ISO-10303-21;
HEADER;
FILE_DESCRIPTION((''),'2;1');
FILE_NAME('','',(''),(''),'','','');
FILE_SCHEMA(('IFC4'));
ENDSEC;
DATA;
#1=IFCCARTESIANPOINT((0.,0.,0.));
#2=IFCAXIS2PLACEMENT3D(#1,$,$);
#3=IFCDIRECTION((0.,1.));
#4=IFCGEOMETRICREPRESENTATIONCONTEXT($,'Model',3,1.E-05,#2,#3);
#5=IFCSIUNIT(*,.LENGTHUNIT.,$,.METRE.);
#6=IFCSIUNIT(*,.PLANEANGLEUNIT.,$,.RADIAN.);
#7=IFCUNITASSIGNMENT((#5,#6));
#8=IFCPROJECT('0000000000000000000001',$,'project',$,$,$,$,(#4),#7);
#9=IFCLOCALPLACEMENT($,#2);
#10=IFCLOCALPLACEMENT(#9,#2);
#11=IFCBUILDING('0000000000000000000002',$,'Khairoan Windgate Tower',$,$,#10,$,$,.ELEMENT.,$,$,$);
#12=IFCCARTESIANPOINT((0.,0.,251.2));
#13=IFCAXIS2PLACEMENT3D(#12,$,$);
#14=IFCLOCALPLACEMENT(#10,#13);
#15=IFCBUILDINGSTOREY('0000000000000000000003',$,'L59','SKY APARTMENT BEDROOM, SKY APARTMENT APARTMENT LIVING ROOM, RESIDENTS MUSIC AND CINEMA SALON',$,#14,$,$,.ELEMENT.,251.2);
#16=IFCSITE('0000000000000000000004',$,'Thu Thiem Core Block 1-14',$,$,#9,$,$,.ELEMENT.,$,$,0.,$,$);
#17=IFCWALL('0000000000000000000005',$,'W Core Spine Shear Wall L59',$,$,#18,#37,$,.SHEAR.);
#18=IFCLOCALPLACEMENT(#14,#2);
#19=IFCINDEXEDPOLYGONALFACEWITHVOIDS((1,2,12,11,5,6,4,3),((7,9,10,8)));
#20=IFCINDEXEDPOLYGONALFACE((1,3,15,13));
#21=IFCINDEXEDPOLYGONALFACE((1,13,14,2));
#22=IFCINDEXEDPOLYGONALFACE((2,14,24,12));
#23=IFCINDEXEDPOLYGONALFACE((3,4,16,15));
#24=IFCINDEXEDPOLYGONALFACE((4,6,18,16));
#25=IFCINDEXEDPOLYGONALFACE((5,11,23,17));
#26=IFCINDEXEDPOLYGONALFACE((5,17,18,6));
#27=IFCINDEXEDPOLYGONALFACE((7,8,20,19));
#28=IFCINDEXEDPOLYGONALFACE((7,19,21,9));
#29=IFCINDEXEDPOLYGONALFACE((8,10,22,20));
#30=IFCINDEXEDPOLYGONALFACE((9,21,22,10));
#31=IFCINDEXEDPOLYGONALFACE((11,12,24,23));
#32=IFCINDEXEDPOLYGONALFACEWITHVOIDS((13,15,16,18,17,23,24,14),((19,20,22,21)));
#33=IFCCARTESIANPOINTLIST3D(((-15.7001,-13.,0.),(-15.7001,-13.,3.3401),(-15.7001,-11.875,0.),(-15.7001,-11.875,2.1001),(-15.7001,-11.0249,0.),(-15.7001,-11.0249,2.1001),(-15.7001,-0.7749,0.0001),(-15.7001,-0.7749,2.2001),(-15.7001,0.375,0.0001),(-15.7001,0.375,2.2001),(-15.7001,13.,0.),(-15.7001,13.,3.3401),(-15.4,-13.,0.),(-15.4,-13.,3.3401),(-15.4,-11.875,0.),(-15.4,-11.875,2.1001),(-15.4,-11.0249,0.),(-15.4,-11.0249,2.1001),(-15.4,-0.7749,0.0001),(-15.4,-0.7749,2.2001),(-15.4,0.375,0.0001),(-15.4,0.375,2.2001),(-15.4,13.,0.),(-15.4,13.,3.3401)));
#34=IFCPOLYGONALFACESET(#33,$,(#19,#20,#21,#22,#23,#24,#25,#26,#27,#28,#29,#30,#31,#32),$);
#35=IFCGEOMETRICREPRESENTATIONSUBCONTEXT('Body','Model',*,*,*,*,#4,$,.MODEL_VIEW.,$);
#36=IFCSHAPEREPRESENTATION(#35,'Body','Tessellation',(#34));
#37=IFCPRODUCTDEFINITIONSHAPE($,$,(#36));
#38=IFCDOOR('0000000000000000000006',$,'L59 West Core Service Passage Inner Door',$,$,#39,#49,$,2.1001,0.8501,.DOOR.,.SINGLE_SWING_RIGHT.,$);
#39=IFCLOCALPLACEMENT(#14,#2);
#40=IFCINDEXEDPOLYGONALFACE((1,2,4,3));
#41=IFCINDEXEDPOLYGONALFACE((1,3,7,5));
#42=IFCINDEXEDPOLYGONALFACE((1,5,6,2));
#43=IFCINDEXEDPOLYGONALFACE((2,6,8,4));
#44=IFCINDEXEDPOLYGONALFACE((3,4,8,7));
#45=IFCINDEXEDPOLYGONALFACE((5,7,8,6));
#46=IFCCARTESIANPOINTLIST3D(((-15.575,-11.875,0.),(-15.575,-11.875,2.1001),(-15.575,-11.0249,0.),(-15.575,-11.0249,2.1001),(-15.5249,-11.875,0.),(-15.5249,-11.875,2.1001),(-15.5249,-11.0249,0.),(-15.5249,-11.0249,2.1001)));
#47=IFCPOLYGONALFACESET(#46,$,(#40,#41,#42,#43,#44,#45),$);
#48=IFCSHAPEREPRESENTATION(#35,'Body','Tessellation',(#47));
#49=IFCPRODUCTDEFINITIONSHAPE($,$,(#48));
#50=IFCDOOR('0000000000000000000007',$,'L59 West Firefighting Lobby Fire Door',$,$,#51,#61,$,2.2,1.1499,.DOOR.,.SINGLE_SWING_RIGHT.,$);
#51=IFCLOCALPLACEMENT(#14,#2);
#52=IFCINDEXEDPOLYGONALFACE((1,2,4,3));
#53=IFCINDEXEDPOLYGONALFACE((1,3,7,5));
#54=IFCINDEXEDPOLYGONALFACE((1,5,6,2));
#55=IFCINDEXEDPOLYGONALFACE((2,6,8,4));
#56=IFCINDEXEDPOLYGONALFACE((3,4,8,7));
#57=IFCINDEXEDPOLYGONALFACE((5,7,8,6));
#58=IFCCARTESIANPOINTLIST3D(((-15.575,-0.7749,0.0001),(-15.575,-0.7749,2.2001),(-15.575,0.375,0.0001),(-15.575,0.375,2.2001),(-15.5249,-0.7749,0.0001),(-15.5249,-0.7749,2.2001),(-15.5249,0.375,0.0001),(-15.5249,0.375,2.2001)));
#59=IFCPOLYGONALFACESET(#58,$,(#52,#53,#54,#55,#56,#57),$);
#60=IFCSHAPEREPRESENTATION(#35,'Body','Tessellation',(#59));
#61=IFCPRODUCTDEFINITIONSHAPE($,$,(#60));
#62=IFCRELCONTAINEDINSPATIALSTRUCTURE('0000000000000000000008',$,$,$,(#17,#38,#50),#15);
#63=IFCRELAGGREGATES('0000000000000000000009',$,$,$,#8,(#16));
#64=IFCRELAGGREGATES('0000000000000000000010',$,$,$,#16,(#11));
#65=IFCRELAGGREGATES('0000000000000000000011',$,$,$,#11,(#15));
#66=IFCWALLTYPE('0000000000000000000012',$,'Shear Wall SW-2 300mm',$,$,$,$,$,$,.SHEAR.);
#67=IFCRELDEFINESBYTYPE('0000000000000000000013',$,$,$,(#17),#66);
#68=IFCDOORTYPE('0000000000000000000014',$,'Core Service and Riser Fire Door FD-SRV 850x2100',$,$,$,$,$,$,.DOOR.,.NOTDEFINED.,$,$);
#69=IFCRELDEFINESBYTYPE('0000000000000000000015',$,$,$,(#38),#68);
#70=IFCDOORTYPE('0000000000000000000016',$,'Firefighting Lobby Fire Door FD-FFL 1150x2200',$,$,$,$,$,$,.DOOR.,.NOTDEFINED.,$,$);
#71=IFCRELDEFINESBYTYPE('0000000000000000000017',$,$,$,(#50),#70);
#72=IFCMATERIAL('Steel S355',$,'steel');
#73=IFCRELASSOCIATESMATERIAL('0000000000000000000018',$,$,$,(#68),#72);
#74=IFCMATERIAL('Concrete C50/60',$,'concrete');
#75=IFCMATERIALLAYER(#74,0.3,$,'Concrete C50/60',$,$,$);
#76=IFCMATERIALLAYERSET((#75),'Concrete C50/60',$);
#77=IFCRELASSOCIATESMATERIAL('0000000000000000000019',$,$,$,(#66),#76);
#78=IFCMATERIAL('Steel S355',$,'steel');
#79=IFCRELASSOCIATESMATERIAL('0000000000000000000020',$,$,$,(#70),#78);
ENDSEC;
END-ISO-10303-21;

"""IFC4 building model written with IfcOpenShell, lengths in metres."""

from ifc_helpers import new_model, si_unit, direction, frame, frame_2d, origin, place, context, subcontext, project, spatial, rectangle, extrude, material, layer, layer_set, type_object, element, fill, save


model = new_model("IFC4")

# Units and contexts
model_context = context("Model", 3, precision=1e-05, world=origin(), true_north=direction((0.0, 1.0)))
body_context = subcontext(model_context, "Body", "Model", "MODEL_VIEW")
ifc_project = project(units=[si_unit("LENGTHUNIT", "METRE"), si_unit("PLANEANGLEUNIT", "RADIAN")], contexts=[model_context])

# Site, building, storey
site_placement = place(None, origin())
site = spatial("IfcSite", under=ifc_project, at=site_placement, Name="Thu Thiem Core Block 1-14", CompositionType="ELEMENT", RefElevation=0.0)
building_placement = place(site_placement, origin())
building = spatial("IfcBuilding", under=site, at=building_placement, Name="Khairoan Windgate Tower", CompositionType="ELEMENT")
storey_placement = place(building_placement, frame((0.0, 0.0, 251.2)))
storey = spatial("IfcBuildingStorey", under=building, at=storey_placement, Name="L59", Description="SKY APARTMENT BEDROOM, SKY APARTMENT APARTMENT LIVING ROOM, RESIDENTS MUSIC AND CINEMA SALON", CompositionType="ELEMENT", Elevation=251.2)

# Shared definitions
ifc_material_1 = material(Name="Steel S355", Category="steel")
door_type_1 = type_object("IfcDoorType", Name="Core Service and Riser Fire Door FD-SRV 850x2100", OperationType="NOTDEFINED", PredefinedType="DOOR", material=ifc_material_1)

# Wall, openings, doors
ifc_material_2 = material(Name="Concrete C50/60", Category="concrete")
ifc_layer_1 = layer(ifc_material_2, 0.3, Name="Concrete C50/60")
ifc_layer_set_1 = layer_set([ifc_layer_1], Name="Concrete C50/60")
wall_type_1 = type_object("IfcWallType", Name="Shear Wall SW-2 300mm", PredefinedType="SHEAR", material=ifc_layer_set_1)
wall_1_placement = place(storey_placement, frame((-15.55, -13.0, 0.0), z_axis=(0.0, 0.0, 1.0), x_axis=(0.0, 1.0, 0.0)))
wall_1 = element("IfcWall", 1, at=wall_1_placement, inside=storey, type_object=wall_type_1, Name="W Core Spine Shear Wall L59", PredefinedType="SHEAR", context=body_context, shape_type="SweptSolid", body=[
    extrude(rectangle(XDim=26.0, YDim=0.3, at=frame_2d((13.0, 0.0))), origin(), (0.0, 0.0, 1.0), 3.3401),
])
opening_1_placement = place(wall_1_placement, frame((12.2251, 0.0, 0.0)))
opening_1 = element("IfcOpeningElement", 2, at=opening_1_placement, cuts=wall_1, PredefinedType="OPENING", context=body_context, shape_type="SweptSolid", body=[
    extrude(rectangle(XDim=1.1499, YDim=2.2, at=frame_2d((0.575, 1.1001))), frame((0.0, 0.1599, 0.0), z_axis=(0.0, -1.0, 0.0), x_axis=(1.0, 0.0, 0.0)), (0.0, 0.0, 1.0), 0.3201),
])
opening_2_placement = place(wall_1_placement, frame((1.125, 0.0, 0.0)))
opening_2 = element("IfcOpeningElement", 3, at=opening_2_placement, cuts=wall_1, PredefinedType="OPENING", context=body_context, shape_type="SweptSolid", body=[
    extrude(rectangle(XDim=0.8501, YDim=2.1001, at=frame_2d((0.425, 1.05))), frame((0.0, 0.1599, 0.0), z_axis=(0.0, -1.0, 0.0), x_axis=(1.0, 0.0, 0.0)), (0.0, 0.0, 1.0), 0.3201),
])
door_1_placement = place(opening_2_placement, origin())
door_1 = element("IfcDoor", 4, at=door_1_placement, inside=storey, type_object=door_type_1, Name="L59 West Core Service Passage Inner Door", OperationType="SINGLE_SWING_RIGHT", OverallHeight=2.1001, OverallWidth=0.8501, PredefinedType="DOOR", context=body_context, shape_type="SweptSolid", body=[
    extrude(rectangle(XDim=0.8501, YDim=2.1001, at=frame_2d((0.425, 1.05))), frame((0.0, 0.0249, 0.0), z_axis=(0.0, -1.0, 0.0), x_axis=(1.0, 0.0, 0.0)), (0.0, 0.0, 1.0), 0.05),
])
fill(opening_2, door_1)
ifc_material_3 = material(Name="Steel S355", Category="steel")
door_type_2 = type_object("IfcDoorType", Name="Firefighting Lobby Fire Door FD-FFL 1150x2200", OperationType="NOTDEFINED", PredefinedType="DOOR", material=ifc_material_3)
door_2_placement = place(opening_1_placement, origin())
door_2 = element("IfcDoor", 5, at=door_2_placement, inside=storey, type_object=door_type_2, Name="L59 West Firefighting Lobby Fire Door", OperationType="SINGLE_SWING_RIGHT", OverallHeight=2.2, OverallWidth=1.1499, PredefinedType="DOOR", context=body_context, shape_type="SweptSolid", body=[
    extrude(rectangle(XDim=1.1499, YDim=2.2, at=frame_2d((0.575, 1.1001))), frame((0.0, 0.0249, 0.0), z_axis=(0.0, -1.0, 0.0), x_axis=(1.0, 0.0, 0.0)), (0.0, 0.0, 1.0), 0.05),
])
fill(opening_1, door_2)

save(model, "model.ifc")
